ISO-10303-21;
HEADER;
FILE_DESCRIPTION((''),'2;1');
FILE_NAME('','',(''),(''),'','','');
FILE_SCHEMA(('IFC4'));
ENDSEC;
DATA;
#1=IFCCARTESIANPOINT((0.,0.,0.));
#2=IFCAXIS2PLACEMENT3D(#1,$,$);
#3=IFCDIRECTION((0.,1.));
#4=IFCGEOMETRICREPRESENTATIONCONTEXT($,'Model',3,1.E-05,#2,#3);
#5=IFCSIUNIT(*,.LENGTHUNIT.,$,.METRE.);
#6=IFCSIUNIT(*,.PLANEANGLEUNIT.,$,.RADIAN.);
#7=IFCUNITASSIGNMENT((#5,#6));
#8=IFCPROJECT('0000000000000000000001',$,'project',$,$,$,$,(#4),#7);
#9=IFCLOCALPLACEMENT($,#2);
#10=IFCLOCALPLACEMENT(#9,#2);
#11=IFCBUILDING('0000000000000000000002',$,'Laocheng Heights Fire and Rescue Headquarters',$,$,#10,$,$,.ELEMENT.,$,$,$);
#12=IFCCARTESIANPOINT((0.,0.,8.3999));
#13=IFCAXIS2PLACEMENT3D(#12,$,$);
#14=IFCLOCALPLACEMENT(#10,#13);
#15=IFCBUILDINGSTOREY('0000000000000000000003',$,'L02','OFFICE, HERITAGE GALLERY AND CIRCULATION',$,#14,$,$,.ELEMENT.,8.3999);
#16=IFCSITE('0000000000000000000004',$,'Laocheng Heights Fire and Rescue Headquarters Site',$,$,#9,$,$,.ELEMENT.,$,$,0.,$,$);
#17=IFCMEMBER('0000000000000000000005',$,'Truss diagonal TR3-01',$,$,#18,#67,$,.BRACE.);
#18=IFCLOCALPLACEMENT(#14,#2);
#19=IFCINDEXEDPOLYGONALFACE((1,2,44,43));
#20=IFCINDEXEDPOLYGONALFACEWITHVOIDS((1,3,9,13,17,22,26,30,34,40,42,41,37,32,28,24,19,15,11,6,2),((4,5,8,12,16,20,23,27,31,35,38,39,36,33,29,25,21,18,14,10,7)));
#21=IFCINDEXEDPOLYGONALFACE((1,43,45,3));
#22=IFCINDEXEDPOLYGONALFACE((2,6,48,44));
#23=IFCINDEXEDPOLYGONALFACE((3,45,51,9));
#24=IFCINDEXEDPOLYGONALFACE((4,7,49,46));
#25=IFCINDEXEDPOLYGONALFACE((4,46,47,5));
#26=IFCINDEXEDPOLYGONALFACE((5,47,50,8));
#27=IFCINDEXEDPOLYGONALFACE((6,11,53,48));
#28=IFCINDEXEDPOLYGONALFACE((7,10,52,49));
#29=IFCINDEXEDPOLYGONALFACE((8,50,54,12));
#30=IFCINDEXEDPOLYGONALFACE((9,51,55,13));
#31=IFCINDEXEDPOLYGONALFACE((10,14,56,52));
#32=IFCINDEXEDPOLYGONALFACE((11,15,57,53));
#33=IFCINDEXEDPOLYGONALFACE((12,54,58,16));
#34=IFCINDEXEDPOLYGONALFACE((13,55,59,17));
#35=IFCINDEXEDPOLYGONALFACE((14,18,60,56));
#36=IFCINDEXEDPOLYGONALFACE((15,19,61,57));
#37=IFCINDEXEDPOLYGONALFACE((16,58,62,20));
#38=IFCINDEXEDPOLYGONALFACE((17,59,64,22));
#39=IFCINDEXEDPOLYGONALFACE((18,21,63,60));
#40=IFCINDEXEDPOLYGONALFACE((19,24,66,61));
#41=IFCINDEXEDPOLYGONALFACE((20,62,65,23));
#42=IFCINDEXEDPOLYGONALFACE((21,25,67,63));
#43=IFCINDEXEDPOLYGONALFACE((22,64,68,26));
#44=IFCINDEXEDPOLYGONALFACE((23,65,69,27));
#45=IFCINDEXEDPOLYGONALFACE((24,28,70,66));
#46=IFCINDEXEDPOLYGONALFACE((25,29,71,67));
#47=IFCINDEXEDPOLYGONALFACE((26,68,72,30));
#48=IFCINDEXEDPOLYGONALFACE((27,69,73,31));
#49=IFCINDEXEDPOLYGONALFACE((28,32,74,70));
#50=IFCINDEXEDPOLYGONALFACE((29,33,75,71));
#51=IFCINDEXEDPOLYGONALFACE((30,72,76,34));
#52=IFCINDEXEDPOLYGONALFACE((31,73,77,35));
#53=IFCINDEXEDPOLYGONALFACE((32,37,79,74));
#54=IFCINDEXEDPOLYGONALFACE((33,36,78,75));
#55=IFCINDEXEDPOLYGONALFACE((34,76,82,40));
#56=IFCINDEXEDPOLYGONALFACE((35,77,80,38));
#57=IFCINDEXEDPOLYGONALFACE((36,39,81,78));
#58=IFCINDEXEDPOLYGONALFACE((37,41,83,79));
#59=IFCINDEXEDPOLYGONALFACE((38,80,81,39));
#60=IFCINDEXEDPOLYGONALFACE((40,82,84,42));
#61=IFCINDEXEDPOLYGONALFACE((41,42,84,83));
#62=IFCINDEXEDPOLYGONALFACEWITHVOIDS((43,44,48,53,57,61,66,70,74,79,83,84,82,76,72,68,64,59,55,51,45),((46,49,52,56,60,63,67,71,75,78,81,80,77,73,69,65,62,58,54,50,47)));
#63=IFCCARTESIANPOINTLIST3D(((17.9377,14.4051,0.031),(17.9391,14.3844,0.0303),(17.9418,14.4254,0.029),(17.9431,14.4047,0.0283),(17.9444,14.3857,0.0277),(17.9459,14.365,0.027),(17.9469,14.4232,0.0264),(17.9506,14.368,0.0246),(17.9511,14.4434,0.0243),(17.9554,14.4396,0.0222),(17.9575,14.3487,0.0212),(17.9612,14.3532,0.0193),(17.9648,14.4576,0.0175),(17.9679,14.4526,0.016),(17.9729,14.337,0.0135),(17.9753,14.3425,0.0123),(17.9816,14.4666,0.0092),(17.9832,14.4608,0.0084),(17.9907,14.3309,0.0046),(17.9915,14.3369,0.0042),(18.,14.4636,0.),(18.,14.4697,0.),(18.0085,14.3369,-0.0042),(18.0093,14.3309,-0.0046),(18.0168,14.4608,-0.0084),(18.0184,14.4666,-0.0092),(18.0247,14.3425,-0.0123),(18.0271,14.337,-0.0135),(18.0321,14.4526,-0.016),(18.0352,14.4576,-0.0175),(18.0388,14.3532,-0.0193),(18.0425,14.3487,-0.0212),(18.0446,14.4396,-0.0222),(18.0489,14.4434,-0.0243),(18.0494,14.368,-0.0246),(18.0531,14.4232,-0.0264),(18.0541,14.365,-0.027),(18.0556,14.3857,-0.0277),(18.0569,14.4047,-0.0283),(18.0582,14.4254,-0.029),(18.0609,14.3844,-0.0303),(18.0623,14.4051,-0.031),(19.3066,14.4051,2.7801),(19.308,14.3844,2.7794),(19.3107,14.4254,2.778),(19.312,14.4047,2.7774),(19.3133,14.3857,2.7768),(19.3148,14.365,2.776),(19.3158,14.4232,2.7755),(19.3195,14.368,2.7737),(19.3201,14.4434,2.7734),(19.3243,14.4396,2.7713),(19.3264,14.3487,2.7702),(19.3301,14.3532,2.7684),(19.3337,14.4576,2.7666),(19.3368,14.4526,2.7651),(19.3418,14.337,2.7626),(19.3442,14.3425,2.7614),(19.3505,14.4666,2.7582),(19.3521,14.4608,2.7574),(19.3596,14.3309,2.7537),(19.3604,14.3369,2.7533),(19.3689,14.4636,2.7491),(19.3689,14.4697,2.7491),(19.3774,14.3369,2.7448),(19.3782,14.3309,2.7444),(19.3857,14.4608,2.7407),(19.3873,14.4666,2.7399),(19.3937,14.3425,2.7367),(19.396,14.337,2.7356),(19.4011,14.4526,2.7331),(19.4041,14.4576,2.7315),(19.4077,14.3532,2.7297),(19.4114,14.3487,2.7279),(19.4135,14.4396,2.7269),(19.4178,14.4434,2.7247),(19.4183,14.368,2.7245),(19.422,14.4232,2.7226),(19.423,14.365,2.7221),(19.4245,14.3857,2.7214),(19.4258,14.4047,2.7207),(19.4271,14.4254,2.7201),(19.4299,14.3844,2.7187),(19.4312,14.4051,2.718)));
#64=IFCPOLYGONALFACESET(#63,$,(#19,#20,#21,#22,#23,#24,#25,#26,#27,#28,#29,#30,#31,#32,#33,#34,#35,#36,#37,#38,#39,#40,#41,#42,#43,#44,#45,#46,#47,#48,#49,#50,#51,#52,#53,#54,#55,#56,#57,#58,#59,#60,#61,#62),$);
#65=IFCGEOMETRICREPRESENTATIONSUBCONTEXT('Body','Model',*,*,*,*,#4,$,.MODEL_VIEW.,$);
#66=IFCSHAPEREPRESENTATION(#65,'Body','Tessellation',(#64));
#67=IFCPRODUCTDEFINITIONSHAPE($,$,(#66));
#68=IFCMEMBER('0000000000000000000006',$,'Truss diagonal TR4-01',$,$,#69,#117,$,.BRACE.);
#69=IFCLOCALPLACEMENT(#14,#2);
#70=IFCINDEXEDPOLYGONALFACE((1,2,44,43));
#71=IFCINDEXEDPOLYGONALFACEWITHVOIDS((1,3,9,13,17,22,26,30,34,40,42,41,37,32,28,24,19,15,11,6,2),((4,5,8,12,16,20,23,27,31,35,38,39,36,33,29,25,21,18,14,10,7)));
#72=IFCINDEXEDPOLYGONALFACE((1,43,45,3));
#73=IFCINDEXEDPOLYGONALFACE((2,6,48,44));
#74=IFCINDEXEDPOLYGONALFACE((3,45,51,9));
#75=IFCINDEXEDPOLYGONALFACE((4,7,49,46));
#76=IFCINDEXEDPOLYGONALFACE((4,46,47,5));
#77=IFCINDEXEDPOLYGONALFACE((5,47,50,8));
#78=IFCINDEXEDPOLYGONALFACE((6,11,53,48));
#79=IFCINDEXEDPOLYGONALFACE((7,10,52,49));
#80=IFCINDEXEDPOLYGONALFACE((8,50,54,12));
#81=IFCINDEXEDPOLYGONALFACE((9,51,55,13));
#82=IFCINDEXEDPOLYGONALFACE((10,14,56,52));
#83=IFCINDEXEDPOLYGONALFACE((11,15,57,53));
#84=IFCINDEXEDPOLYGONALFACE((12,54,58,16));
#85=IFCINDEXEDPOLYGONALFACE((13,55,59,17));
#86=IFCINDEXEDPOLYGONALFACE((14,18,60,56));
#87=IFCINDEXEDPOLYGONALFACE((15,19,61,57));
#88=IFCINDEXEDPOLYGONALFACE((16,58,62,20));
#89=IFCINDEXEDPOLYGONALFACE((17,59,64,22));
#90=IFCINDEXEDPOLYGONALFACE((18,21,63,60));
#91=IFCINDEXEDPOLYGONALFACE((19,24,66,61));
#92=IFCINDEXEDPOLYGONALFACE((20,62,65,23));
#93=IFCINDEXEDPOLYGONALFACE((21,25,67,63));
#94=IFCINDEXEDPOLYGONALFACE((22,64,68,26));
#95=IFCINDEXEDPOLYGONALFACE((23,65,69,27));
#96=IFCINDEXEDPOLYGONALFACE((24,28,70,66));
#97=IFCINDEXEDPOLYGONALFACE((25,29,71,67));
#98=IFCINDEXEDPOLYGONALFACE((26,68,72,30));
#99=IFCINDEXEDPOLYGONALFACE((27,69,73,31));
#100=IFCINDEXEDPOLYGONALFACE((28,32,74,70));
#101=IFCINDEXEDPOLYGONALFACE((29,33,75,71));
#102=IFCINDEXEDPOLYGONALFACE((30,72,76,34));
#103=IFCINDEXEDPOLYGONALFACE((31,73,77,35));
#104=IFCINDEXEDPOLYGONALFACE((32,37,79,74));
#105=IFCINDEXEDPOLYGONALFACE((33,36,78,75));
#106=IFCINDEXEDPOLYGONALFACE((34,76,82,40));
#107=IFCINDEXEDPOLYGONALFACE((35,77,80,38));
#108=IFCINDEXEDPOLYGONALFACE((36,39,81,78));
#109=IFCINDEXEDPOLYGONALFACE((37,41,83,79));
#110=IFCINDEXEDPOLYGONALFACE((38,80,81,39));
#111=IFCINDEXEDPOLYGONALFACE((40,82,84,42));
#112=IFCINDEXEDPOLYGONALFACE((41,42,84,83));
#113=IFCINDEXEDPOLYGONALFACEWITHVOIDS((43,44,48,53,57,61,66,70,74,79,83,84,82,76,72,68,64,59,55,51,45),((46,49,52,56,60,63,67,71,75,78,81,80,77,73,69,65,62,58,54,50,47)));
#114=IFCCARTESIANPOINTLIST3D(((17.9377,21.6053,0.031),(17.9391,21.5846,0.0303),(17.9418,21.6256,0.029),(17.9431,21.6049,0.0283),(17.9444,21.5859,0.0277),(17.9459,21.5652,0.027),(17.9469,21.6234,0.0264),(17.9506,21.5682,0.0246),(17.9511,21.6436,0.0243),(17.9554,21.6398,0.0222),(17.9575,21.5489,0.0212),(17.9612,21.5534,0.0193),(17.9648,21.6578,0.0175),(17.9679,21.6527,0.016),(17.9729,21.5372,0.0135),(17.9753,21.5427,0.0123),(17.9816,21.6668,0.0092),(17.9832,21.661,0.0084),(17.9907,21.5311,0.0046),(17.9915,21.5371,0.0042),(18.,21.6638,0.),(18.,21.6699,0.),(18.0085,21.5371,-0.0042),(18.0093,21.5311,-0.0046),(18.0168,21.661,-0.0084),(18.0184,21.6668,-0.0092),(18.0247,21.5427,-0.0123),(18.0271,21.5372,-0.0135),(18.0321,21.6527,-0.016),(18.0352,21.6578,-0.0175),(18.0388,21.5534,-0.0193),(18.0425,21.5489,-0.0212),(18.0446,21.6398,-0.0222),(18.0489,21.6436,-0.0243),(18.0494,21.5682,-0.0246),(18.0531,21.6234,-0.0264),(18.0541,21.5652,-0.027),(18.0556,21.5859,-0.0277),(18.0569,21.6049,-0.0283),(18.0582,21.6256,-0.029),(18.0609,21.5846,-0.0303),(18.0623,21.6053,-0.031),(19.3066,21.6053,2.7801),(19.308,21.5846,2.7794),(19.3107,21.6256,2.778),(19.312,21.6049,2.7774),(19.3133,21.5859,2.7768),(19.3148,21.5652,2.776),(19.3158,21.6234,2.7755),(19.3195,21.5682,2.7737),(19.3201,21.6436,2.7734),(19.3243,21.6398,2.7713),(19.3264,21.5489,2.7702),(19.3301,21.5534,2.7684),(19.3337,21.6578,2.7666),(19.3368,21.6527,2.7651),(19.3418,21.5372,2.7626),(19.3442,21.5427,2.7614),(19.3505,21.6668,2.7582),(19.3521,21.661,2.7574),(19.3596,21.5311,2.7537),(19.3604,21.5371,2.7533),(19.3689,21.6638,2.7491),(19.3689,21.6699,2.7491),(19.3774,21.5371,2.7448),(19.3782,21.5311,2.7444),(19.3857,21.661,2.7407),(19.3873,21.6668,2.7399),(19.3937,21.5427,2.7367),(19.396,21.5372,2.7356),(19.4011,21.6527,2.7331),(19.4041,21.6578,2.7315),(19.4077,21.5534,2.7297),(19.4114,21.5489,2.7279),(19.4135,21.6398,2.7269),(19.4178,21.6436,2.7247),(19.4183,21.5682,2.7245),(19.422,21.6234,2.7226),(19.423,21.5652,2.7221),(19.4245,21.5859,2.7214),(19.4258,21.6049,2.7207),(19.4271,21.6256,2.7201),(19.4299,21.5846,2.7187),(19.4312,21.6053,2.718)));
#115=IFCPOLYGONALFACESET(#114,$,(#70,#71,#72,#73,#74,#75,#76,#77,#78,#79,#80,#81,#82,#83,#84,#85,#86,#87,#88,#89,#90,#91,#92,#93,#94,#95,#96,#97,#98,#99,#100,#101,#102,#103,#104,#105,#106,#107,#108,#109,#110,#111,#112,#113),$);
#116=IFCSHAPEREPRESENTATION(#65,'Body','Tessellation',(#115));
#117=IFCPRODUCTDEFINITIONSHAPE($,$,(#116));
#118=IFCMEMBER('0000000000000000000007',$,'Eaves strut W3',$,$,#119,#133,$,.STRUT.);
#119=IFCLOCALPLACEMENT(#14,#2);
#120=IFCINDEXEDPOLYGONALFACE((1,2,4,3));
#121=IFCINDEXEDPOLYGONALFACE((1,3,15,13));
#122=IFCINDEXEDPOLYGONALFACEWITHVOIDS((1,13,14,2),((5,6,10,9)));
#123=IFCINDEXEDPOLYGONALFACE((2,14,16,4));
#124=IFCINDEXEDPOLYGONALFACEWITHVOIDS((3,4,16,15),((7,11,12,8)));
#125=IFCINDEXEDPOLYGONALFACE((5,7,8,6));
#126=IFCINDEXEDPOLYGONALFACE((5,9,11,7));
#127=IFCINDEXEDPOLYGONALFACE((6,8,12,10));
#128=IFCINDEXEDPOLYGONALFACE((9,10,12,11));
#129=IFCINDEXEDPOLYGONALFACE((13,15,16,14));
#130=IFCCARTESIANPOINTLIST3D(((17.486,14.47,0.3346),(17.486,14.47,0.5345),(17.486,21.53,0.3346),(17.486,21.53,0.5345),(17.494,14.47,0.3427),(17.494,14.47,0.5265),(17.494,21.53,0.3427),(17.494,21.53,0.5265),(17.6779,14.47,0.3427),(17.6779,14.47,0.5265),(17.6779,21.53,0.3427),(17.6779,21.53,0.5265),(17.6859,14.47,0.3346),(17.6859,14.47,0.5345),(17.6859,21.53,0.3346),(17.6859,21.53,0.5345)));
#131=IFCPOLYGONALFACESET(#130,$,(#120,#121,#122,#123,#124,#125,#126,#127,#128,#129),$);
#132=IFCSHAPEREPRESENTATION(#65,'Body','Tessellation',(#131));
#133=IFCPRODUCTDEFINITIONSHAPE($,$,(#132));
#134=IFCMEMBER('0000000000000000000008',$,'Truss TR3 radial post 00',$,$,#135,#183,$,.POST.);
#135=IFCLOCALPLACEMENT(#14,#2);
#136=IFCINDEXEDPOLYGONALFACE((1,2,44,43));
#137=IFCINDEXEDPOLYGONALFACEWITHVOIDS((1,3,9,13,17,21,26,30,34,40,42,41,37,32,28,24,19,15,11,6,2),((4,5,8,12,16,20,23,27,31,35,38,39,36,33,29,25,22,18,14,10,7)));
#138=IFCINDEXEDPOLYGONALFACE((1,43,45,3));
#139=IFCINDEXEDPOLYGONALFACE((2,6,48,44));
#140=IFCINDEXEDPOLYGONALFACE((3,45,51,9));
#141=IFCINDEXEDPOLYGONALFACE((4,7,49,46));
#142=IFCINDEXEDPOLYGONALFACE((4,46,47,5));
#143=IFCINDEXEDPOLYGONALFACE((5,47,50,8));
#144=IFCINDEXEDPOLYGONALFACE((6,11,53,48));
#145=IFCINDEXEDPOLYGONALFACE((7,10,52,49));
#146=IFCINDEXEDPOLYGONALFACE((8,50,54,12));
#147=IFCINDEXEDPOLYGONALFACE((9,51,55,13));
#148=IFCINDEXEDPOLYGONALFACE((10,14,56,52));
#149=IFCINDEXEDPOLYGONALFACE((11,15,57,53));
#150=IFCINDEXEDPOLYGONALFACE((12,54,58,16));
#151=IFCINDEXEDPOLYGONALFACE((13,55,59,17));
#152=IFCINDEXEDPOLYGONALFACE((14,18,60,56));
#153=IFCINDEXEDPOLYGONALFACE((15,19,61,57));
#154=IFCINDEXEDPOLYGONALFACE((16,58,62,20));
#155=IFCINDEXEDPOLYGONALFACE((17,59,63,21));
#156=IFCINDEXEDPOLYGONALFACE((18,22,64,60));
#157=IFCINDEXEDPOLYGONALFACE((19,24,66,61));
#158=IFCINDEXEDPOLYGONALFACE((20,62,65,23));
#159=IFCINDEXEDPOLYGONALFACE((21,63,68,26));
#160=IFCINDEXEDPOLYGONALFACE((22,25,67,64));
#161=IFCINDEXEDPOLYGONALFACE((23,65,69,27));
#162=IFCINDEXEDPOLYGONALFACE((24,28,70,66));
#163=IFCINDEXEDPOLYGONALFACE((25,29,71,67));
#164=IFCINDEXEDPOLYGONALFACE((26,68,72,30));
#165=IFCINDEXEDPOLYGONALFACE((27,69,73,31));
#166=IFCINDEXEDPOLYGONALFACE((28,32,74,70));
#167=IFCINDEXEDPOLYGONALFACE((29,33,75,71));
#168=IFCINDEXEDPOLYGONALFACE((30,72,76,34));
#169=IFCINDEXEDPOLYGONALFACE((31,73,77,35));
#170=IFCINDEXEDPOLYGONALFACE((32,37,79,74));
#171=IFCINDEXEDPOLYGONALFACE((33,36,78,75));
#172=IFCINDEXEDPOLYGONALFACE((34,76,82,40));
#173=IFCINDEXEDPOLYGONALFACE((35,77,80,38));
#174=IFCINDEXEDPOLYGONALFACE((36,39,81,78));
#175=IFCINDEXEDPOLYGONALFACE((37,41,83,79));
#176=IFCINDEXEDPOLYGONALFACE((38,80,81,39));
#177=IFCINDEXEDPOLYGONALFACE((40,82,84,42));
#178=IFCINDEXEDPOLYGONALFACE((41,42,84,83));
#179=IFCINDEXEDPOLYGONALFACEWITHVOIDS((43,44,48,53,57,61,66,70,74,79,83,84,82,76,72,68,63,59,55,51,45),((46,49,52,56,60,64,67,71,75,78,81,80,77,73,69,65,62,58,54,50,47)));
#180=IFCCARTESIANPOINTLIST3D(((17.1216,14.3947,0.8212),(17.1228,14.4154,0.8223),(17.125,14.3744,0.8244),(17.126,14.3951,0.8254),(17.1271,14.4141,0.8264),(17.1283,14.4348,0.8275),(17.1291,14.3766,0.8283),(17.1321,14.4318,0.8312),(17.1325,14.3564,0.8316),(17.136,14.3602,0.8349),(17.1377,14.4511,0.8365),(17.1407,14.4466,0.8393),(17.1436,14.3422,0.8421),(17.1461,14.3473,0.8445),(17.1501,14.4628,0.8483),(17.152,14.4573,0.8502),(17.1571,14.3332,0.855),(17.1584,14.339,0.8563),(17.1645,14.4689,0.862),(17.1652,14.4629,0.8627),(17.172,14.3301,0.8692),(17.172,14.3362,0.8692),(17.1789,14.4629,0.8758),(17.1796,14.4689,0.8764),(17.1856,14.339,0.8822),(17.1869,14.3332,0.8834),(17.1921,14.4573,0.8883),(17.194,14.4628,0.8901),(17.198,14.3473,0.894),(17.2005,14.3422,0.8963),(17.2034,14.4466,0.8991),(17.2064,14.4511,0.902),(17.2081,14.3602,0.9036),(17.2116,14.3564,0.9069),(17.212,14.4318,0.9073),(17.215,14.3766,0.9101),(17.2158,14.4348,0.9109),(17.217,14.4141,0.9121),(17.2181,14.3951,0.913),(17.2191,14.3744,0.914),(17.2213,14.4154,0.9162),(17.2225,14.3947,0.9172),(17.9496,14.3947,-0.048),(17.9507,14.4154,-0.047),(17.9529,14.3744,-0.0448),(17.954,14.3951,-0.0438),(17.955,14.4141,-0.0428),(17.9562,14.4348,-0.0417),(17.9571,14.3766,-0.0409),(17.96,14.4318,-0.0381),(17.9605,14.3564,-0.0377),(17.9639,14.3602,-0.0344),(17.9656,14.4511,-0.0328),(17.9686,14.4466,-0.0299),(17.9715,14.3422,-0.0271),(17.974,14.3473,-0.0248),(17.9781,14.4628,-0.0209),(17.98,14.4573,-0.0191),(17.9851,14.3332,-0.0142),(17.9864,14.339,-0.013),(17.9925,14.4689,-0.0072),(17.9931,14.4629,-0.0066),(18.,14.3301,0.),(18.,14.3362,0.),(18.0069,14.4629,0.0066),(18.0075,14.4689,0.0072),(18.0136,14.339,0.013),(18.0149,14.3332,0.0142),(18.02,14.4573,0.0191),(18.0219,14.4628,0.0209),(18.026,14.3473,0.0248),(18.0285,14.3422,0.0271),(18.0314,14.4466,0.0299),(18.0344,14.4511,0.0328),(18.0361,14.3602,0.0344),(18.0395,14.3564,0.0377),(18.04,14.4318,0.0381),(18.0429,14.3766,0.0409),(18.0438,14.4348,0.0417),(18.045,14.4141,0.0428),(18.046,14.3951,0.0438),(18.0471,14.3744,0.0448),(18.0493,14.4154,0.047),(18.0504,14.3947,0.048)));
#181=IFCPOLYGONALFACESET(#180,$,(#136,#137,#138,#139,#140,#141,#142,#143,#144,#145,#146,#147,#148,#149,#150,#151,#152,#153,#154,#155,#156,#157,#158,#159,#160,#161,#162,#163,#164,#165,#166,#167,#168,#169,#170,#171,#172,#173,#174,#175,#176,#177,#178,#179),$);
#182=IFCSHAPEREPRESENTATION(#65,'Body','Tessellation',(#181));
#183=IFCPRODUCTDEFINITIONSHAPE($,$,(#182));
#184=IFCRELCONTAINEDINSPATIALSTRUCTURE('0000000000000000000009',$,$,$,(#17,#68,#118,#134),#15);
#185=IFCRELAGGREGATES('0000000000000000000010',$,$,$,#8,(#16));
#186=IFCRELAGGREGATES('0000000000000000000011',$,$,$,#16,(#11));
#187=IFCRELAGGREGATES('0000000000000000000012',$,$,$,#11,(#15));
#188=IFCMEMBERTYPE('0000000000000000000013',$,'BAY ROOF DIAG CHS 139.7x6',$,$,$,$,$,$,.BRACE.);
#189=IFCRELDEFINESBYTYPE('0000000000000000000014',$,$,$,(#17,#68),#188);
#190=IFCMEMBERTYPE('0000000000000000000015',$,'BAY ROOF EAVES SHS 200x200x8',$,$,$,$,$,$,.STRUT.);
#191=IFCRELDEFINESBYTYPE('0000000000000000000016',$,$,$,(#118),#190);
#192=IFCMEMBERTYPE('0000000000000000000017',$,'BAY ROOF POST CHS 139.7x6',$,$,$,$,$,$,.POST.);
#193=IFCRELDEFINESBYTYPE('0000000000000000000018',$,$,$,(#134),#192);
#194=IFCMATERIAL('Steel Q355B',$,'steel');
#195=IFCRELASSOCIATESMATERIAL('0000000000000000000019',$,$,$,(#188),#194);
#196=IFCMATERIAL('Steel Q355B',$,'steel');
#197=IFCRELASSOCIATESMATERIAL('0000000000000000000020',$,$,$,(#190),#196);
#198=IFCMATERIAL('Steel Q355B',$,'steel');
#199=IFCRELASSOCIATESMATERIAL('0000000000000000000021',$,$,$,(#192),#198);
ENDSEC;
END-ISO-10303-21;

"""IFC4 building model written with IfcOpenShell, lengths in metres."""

from ifc_helpers import new_model, si_unit, direction, frame, origin, origin_2d, place, context, subcontext, project, spatial, hollow_rectangle, hollow_circle, extrude, material, material_profile, profile_set, type_object, element, save


model = new_model("IFC4")

# Units and contexts
model_context = context("Model", 3, precision=1e-05, world=origin(), true_north=direction((0.0, 1.0)))
body_context = subcontext(model_context, "Body", "Model", "MODEL_VIEW")
ifc_project = project(units=[si_unit("LENGTHUNIT", "METRE"), si_unit("PLANEANGLEUNIT", "RADIAN")], contexts=[model_context])

# Site, building, storey
site_placement = place(None, origin())
site = spatial("IfcSite", under=ifc_project, at=site_placement, Name="Laocheng Heights Fire and Rescue Headquarters Site", CompositionType="ELEMENT", RefElevation=0.0)
building_placement = place(site_placement, origin())
building = spatial("IfcBuilding", under=site, at=building_placement, Name="Laocheng Heights Fire and Rescue Headquarters", CompositionType="ELEMENT")
storey_placement = place(building_placement, frame((0.0, 0.0, 8.3999)))
storey = spatial("IfcBuildingStorey", under=building, at=storey_placement, Name="L02", Description="OFFICE, HERITAGE GALLERY AND CIRCULATION", CompositionType="ELEMENT", Elevation=8.3999)

# Members
ifc_material_1 = material(Name="Steel Q355B", Category="steel")
ifc_material_profile_1 = material_profile(ifc_material_1, hollow_circle(Radius=0.0698, WallThickness=0.0061, at=origin_2d()), Name="CHS 139.7x6")
ifc_profile_set_1 = profile_set([ifc_material_profile_1], Name="Steel Q355B")
member_type_1 = type_object("IfcMemberType", Name="BAY ROOF DIAG CHS 139.7x6", PredefinedType="BRACE", material=ifc_profile_set_1)
for number, where, z_axis, x_axis, name in (
    (1, (18.0, 14.3999, 0.0), (0.44575, 0.0, 0.895157), (0.0, 1.0, 0.0), "Truss diagonal TR3-01"),
    (2, (18.0, 21.6001, 0.0), (0.44575, 0.0, 0.895157), (0.0, 1.0, 0.0), "Truss diagonal TR4-01"),
):
    element("IfcMember", number, at=place(storey_placement, frame(where, z_axis=z_axis, x_axis=x_axis)), inside=storey, type_object=member_type_1, Name=name, PredefinedType="BRACE", context=body_context, shape_type="SweptSolid", body=[
        extrude(hollow_circle(Radius=0.0698, WallThickness=0.0061, at=origin_2d()), origin(), (0.0, 0.0, 1.0), 3.071),
    ])
ifc_material_2 = material(Name="Steel Q355B", Category="steel")
ifc_material_profile_2 = material_profile(ifc_material_2, hollow_rectangle(XDim=0.2, YDim=0.2, WallThickness=0.0081, at=origin_2d()), Name="SHS 200x200x8")
ifc_profile_set_2 = profile_set([ifc_material_profile_2], Name="Steel Q355B")
member_type_2 = type_object("IfcMemberType", Name="BAY ROOF EAVES SHS 200x200x8", PredefinedType="STRUT", material=ifc_profile_set_2)
member_1_placement = place(storey_placement, frame((17.5859, 14.47, 0.4346), z_axis=(0.0, 1.0, 0.0), x_axis=(-1.0, 0.0, 0.0)))
element("IfcMember", 3, at=member_1_placement, inside=storey, type_object=member_type_2, Name="Eaves strut W3", PredefinedType="STRUT", context=body_context, shape_type="SweptSolid", body=[
    extrude(hollow_rectangle(XDim=0.2, YDim=0.2, WallThickness=0.0081, at=origin_2d()), origin(), (0.0, 0.0, 1.0), 7.0601),
])
ifc_material_3 = material(Name="Steel Q355B", Category="steel")
ifc_material_profile_3 = material_profile(ifc_material_3, hollow_circle(Radius=0.0698, WallThickness=0.0061, at=origin_2d()), Name="CHS 139.7x6")
ifc_profile_set_3 = profile_set([ifc_material_profile_3], Name="Steel Q355B")
member_type_3 = type_object("IfcMemberType", Name="BAY ROOF POST CHS 139.7x6", PredefinedType="POST", material=ifc_profile_set_3)
for number, where, z_axis, x_axis, name in (
    (4, (18.0, 14.3999, 0.0), (-0.689711, 0.0, 0.724085), (0.0, -1.0, 0.0), "Truss TR3 radial post 00"),
):
    element("IfcMember", number, at=place(storey_placement, frame(where, z_axis=z_axis, x_axis=x_axis)), inside=storey, type_object=member_type_3, Name=name, PredefinedType="POST", context=body_context, shape_type="SweptSolid", body=[
        extrude(hollow_circle(Radius=0.0698, WallThickness=0.0061, at=origin_2d()), origin(), (0.0, 0.0, 1.0), 1.2004),
    ])

save(model, "model.ifc")
